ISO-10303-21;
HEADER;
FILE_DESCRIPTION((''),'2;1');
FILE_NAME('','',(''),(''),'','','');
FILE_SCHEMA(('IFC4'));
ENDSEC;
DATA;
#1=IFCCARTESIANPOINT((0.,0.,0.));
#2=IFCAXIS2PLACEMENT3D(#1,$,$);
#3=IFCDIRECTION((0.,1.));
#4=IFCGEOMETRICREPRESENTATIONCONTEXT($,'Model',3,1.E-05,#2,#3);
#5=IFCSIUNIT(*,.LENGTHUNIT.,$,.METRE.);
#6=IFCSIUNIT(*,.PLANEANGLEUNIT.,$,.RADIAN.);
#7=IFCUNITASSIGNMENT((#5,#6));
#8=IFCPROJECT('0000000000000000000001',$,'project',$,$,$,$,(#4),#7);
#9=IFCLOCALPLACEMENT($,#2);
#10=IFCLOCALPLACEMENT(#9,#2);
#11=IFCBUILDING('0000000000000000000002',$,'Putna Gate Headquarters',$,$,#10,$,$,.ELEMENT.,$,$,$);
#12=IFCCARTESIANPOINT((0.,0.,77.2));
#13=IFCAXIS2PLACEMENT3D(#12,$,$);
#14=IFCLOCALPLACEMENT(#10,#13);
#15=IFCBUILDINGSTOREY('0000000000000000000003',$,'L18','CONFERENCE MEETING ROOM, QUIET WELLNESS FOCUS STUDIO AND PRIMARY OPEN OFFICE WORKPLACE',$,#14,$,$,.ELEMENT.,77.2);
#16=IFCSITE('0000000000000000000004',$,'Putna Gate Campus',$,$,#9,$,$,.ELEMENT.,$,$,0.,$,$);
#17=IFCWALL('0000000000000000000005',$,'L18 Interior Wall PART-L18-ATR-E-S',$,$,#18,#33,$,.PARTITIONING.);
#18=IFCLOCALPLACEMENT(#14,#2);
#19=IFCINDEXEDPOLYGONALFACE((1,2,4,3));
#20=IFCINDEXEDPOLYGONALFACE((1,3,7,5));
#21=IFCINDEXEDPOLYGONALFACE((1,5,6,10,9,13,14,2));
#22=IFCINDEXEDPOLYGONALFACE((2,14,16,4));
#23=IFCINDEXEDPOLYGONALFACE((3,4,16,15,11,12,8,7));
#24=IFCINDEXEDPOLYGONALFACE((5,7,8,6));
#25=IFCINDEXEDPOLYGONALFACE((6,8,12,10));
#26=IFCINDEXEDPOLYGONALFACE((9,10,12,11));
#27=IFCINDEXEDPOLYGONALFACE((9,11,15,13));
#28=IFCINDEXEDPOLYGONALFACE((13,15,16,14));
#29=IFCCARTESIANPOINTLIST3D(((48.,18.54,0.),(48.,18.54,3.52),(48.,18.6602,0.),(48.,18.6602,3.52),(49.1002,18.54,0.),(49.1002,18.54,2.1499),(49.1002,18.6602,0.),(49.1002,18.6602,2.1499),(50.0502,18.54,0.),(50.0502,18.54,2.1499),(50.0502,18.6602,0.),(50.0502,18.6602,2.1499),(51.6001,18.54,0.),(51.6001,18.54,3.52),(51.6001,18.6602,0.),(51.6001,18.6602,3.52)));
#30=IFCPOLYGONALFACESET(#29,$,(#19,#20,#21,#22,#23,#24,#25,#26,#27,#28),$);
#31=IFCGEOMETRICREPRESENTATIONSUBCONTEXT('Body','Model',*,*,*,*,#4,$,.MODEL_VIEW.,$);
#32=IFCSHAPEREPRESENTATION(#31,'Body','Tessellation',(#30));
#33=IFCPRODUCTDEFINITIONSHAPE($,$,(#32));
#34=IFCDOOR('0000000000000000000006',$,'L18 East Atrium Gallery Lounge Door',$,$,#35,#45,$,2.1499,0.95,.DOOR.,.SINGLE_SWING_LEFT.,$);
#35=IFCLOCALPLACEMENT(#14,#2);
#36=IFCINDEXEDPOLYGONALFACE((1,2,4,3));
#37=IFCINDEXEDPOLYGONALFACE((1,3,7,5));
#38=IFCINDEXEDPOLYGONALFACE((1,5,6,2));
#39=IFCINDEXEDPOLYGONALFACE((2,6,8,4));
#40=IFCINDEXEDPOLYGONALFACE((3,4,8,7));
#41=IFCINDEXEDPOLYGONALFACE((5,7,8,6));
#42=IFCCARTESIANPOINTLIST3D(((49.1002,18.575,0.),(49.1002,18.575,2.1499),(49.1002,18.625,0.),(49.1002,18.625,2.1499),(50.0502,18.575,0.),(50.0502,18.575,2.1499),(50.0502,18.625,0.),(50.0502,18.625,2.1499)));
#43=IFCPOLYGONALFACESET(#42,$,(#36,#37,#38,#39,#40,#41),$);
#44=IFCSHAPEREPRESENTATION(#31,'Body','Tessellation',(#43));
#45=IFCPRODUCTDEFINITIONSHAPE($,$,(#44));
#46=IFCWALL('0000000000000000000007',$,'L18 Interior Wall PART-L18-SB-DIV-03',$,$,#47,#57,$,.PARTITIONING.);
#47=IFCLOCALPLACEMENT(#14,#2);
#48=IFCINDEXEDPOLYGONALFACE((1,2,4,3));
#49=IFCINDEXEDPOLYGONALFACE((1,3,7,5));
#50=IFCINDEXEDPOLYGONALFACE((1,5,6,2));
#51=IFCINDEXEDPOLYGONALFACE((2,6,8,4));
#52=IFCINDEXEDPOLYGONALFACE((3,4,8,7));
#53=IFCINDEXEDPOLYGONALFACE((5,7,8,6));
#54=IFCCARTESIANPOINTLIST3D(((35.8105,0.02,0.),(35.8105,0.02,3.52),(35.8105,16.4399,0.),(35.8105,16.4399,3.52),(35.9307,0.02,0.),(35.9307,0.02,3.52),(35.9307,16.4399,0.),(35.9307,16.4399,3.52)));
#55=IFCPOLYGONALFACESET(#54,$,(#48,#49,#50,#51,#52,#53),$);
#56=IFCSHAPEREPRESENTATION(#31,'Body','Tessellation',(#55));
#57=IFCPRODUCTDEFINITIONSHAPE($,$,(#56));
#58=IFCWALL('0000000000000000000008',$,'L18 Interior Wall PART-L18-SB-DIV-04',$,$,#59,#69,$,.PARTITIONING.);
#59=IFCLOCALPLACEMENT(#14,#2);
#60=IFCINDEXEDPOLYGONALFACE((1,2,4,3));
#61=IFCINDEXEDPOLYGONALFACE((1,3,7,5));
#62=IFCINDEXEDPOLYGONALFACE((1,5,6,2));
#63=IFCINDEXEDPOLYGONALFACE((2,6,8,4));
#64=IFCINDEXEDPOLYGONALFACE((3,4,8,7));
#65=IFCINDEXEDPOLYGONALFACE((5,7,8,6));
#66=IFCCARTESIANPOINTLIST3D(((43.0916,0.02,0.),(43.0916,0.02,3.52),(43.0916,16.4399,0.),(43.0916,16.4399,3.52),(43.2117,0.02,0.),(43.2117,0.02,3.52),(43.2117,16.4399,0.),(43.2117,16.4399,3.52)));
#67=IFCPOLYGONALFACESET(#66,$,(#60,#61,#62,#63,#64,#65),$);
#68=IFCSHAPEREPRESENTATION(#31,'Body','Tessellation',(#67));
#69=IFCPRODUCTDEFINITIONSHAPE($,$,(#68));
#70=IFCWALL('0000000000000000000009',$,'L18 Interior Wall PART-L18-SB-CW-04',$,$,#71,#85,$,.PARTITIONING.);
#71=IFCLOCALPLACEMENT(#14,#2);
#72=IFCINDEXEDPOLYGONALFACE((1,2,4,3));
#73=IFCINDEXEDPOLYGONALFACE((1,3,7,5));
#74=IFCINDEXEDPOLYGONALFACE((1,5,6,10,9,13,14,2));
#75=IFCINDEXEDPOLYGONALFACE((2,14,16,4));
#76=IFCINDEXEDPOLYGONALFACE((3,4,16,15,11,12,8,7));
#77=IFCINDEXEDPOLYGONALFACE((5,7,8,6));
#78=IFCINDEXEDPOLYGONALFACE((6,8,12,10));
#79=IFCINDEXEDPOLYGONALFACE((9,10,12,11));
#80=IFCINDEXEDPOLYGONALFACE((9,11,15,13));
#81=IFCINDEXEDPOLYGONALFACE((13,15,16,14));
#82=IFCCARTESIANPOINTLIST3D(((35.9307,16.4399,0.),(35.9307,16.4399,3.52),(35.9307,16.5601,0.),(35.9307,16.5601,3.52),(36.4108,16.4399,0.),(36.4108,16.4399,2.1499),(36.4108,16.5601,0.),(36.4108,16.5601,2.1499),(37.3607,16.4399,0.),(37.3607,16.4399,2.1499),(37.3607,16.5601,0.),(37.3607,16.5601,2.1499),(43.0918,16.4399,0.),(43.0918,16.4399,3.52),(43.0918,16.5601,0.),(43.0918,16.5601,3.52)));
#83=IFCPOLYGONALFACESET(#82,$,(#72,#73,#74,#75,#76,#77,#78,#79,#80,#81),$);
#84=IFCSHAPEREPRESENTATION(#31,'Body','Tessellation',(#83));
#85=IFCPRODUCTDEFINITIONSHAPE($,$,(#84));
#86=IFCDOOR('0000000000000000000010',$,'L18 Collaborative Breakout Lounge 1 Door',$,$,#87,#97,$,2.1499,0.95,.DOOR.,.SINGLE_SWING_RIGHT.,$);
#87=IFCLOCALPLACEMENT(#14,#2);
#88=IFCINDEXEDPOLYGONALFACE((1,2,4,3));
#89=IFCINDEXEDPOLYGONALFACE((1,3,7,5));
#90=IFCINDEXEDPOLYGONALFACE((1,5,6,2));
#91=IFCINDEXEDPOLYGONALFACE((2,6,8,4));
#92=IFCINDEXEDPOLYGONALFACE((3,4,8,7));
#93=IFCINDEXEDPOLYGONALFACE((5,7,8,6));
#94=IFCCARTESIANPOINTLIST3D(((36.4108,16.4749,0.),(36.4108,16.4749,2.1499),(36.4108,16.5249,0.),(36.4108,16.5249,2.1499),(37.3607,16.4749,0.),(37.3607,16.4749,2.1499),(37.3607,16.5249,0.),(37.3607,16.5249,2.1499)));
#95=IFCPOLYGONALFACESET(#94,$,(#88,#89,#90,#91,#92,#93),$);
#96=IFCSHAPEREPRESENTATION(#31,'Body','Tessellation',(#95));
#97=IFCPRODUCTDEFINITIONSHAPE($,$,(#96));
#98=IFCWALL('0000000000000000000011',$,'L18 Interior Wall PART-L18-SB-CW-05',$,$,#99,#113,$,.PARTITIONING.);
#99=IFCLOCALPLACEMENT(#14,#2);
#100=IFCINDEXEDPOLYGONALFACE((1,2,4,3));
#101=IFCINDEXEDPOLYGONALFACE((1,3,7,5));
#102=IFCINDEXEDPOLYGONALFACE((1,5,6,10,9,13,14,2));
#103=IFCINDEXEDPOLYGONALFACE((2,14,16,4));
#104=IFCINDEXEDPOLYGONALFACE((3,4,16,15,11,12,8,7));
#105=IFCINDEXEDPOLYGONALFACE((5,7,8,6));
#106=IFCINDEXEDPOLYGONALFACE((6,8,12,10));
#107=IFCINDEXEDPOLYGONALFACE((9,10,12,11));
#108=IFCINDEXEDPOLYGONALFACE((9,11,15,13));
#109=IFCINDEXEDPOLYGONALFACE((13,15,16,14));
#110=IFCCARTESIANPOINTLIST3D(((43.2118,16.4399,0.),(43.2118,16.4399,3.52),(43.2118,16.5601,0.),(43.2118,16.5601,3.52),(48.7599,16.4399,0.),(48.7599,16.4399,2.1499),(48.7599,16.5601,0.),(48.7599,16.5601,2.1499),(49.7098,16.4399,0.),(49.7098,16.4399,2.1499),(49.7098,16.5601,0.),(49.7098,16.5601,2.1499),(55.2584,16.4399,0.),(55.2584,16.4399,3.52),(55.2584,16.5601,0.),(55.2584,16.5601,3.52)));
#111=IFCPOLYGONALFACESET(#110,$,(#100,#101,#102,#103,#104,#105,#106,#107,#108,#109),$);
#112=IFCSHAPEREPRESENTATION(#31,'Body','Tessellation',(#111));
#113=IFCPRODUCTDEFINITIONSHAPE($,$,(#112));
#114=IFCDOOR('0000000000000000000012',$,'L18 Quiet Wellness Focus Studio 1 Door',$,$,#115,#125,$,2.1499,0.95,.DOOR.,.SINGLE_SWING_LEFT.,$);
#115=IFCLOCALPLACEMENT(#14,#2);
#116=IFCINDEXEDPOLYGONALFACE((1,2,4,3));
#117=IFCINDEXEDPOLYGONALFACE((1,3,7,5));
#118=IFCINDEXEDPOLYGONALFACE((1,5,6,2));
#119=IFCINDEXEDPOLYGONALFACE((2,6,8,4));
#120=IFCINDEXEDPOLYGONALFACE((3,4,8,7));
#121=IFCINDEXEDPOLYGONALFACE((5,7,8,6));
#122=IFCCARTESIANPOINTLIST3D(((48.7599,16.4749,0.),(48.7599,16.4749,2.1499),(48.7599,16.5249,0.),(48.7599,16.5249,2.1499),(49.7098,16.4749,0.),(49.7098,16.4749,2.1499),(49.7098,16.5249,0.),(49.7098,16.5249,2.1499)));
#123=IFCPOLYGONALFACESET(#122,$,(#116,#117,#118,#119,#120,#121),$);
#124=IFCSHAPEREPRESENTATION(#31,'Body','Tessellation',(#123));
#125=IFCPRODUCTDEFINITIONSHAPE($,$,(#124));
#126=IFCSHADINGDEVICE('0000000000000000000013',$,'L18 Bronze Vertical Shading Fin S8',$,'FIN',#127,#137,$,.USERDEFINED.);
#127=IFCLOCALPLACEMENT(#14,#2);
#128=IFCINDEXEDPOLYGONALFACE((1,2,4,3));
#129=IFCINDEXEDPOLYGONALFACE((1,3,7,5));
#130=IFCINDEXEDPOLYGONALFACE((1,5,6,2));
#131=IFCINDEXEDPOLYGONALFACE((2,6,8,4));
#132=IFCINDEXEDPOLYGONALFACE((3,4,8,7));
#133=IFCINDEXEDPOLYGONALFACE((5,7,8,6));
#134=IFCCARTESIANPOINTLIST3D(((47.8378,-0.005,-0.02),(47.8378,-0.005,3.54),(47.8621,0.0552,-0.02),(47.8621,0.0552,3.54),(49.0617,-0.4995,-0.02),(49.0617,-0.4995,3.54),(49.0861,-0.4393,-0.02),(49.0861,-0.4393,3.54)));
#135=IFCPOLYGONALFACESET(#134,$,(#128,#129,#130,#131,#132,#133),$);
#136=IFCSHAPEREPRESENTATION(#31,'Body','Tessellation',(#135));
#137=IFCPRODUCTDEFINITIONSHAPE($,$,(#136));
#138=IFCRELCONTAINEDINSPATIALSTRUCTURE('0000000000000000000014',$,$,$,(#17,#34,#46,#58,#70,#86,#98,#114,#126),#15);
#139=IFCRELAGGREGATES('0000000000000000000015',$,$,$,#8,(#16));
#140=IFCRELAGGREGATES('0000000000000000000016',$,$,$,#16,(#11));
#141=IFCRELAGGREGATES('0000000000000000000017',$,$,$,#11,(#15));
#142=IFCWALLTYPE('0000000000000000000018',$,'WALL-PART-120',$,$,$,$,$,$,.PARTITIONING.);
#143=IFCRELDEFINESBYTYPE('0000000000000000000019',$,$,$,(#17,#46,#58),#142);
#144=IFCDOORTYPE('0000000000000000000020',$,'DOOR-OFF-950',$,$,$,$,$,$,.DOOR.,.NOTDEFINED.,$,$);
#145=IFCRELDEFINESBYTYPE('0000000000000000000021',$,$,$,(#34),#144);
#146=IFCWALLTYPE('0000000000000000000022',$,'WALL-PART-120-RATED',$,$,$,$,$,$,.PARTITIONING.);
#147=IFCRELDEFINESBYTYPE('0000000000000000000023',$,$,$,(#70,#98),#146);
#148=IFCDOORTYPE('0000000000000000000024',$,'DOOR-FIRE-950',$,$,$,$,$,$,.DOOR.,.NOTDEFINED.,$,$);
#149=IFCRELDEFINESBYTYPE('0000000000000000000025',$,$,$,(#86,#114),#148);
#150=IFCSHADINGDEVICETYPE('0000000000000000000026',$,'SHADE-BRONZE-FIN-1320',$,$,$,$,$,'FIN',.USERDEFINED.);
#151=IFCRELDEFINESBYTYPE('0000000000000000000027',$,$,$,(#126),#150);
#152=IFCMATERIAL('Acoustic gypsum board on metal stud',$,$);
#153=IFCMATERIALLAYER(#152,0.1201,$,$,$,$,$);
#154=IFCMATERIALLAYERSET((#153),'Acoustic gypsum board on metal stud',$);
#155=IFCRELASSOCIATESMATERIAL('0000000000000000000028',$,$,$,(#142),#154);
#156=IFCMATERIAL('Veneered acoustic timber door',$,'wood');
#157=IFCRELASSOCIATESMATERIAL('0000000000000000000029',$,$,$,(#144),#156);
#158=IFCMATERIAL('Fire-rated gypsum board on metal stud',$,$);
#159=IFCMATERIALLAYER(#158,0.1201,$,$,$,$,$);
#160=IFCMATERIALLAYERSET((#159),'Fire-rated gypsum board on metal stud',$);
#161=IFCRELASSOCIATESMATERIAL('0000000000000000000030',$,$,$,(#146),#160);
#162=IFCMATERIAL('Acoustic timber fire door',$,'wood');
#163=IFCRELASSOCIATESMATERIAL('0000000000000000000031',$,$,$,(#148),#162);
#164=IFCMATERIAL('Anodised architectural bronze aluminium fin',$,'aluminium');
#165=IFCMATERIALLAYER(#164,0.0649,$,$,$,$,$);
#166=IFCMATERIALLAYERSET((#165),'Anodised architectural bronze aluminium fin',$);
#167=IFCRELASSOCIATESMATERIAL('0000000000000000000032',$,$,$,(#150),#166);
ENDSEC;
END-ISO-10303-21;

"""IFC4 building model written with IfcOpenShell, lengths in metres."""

from ifc_helpers import new_model, si_unit, direction, frame, frame_2d, origin, origin_2d, place, context, subcontext, project, spatial, rectangle, extrude, material, layer, layer_set, type_object, element, fill, save


model = new_model("IFC4")

# Units and contexts
model_context = context("Model", 3, precision=1e-05, world=origin(), true_north=direction((0.0, 1.0)))
body_context = subcontext(model_context, "Body", "Model", "MODEL_VIEW")
ifc_project = project(units=[si_unit("LENGTHUNIT", "METRE"), si_unit("PLANEANGLEUNIT", "RADIAN")], contexts=[model_context])

# Site, building, storey
site_placement = place(None, origin())
site = spatial("IfcSite", under=ifc_project, at=site_placement, Name="Putna Gate Campus", CompositionType="ELEMENT", RefElevation=0.0)
building_placement = place(site_placement, origin())
building = spatial("IfcBuilding", under=site, at=building_placement, Name="Putna Gate Headquarters", CompositionType="ELEMENT")
storey_placement = place(building_placement, frame((0.0, 0.0, 77.2)))
storey = spatial("IfcBuildingStorey", under=building, at=storey_placement, Name="L18", Description="CONFERENCE MEETING ROOM, QUIET WELLNESS FOCUS STUDIO AND PRIMARY OPEN OFFICE WORKPLACE", CompositionType="ELEMENT", Elevation=77.2)

# Wall, opening, door
ifc_material_1 = material(Name="Acoustic gypsum board on metal stud")
ifc_layer_1 = layer(ifc_material_1, 0.1201)
ifc_layer_set_1 = layer_set([ifc_layer_1], Name="Acoustic gypsum board on metal stud")
wall_type_1 = type_object("IfcWallType", Name="WALL-PART-120", PredefinedType="PARTITIONING", material=ifc_layer_set_1)
wall_1_placement = place(storey_placement, frame((48.0, 18.6001, 0.0), z_axis=(0.0, 0.0, 1.0), x_axis=(1.0, 0.0, 0.0)))
wall_1 = element("IfcWall", 1, at=wall_1_placement, inside=storey, type_object=wall_type_1, Name="L18 Interior Wall PART-L18-ATR-E-S", PredefinedType="PARTITIONING", context=body_context, shape_type="SweptSolid", body=[
    extrude(rectangle(XDim=3.6001, YDim=0.1201, at=frame_2d((1.8, 0.0))), origin(), (0.0, 0.0, 1.0), 3.52),
])
opening_1_placement = place(wall_1_placement, frame((1.1001, 0.0, 0.0)))
opening_1 = element("IfcOpeningElement", 2, at=opening_1_placement, cuts=wall_1, PredefinedType="OPENING", context=body_context, shape_type="SweptSolid", body=[
    extrude(rectangle(XDim=0.95, YDim=2.1499, at=frame_2d((0.4751, 1.075))), frame((0.0, 0.0701, 0.0), z_axis=(0.0, -1.0, 0.0), x_axis=(1.0, 0.0, 0.0)), (0.0, 0.0, 1.0), 0.1401),
])
ifc_material_2 = material(Name="Veneered acoustic timber door", Category="wood")
door_type_1 = type_object("IfcDoorType", Name="DOOR-OFF-950", OperationType="NOTDEFINED", PredefinedType="DOOR", material=ifc_material_2)
door_1_placement = place(opening_1_placement, origin())
door_1 = element("IfcDoor", 3, at=door_1_placement, inside=storey, type_object=door_type_1, Name="L18 East Atrium Gallery Lounge Door", OperationType="SINGLE_SWING_LEFT", OverallHeight=2.1499, OverallWidth=0.95, PredefinedType="DOOR", context=body_context, shape_type="SweptSolid", body=[
    extrude(rectangle(XDim=0.95, YDim=2.1499, at=frame_2d((0.4751, 1.075))), frame((0.0, 0.0249, 0.0), z_axis=(0.0, -1.0, 0.0), x_axis=(1.0, 0.0, 0.0)), (0.0, 0.0, 1.0), 0.05),
])
fill(opening_1, door_1)

# Walls
for number, where, z_axis, x_axis, name in (
    (4, (35.8706, 0.02, 0.0), (0.0, 0.0, 1.0), (0.0, 1.0, 0.0), "L18 Interior Wall PART-L18-SB-DIV-03"),
    (5, (43.1516, 0.02, 0.0), (0.0, 0.0, 1.0), (0.0, 1.0, 0.0), "L18 Interior Wall PART-L18-SB-DIV-04"),
):
    element("IfcWall", number, at=place(storey_placement, frame(where, z_axis=z_axis, x_axis=x_axis)), inside=storey, type_object=wall_type_1, Name=name, PredefinedType="PARTITIONING", context=body_context, shape_type="SweptSolid", body=[
        extrude(rectangle(XDim=16.4199, YDim=0.1201, at=frame_2d((8.21, 0.0))), origin(), (0.0, 0.0, 1.0), 3.52),
    ])

# Walls, openings, doors
ifc_material_3 = material(Name="Fire-rated gypsum board on metal stud")
ifc_layer_2 = layer(ifc_material_3, 0.1201)
ifc_layer_set_2 = layer_set([ifc_layer_2], Name="Fire-rated gypsum board on metal stud")
wall_type_2 = type_object("IfcWallType", Name="WALL-PART-120-RATED", PredefinedType="PARTITIONING", material=ifc_layer_set_2)
wall_2_placement = place(storey_placement, frame((35.9307, 16.5, 0.0), z_axis=(0.0, 0.0, 1.0), x_axis=(1.0, 0.0, 0.0)))
wall_2 = element("IfcWall", 6, at=wall_2_placement, inside=storey, type_object=wall_type_2, Name="L18 Interior Wall PART-L18-SB-CW-04", PredefinedType="PARTITIONING", context=body_context, shape_type="SweptSolid", body=[
    extrude(rectangle(XDim=7.1611, YDim=0.1201, at=frame_2d((3.5806, 0.0))), origin(), (0.0, 0.0, 1.0), 3.52),
])
opening_2_placement = place(wall_2_placement, frame((0.48, 0.0, 0.0)))
opening_2 = element("IfcOpeningElement", 7, at=opening_2_placement, cuts=wall_2, PredefinedType="OPENING", context=body_context, shape_type="SweptSolid", body=[
    extrude(rectangle(XDim=0.95, YDim=2.1499, at=frame_2d((0.4751, 1.075))), frame((0.0, 0.0701, 0.0), z_axis=(0.0, -1.0, 0.0), x_axis=(1.0, 0.0, 0.0)), (0.0, 0.0, 1.0), 0.1401),
])
ifc_material_4 = material(Name="Acoustic timber fire door", Category="wood")
door_type_2 = type_object("IfcDoorType", Name="DOOR-FIRE-950", OperationType="NOTDEFINED", PredefinedType="DOOR", material=ifc_material_4)
door_2_placement = place(opening_2_placement, origin())
door_2 = element("IfcDoor", 8, at=door_2_placement, inside=storey, type_object=door_type_2, Name="L18 Collaborative Breakout Lounge 1 Door", OperationType="SINGLE_SWING_RIGHT", OverallHeight=2.1499, OverallWidth=0.95, PredefinedType="DOOR", context=body_context, shape_type="SweptSolid", body=[
    extrude(rectangle(XDim=0.95, YDim=2.1499, at=frame_2d((0.4751, 1.075))), frame((0.0, 0.0249, 0.0), z_axis=(0.0, -1.0, 0.0), x_axis=(1.0, 0.0, 0.0)), (0.0, 0.0, 1.0), 0.05),
])
fill(opening_2, door_2)
wall_3_placement = place(storey_placement, frame((43.2117, 16.5, 0.0), z_axis=(0.0, 0.0, 1.0), x_axis=(1.0, 0.0, 0.0)))
wall_3 = element("IfcWall", 9, at=wall_3_placement, inside=storey, type_object=wall_type_2, Name="L18 Interior Wall PART-L18-SB-CW-05", PredefinedType="PARTITIONING", context=body_context, shape_type="SweptSolid", body=[
    extrude(rectangle(XDim=12.0466, YDim=0.1201, at=frame_2d((6.0234, 0.0))), origin(), (0.0, 0.0, 1.0), 3.52),
])
opening_3_placement = place(wall_3_placement, frame((5.5481, 0.0, 0.0)))
opening_3 = element("IfcOpeningElement", 10, at=opening_3_placement, cuts=wall_3, PredefinedType="OPENING", context=body_context, shape_type="SweptSolid", body=[
    extrude(rectangle(XDim=0.95, YDim=2.1499, at=frame_2d((0.4751, 1.075))), frame((0.0, 0.0701, 0.0), z_axis=(0.0, -1.0, 0.0), x_axis=(1.0, 0.0, 0.0)), (0.0, 0.0, 1.0), 0.1401),
])
door_3_placement = place(opening_3_placement, origin())
door_3 = element("IfcDoor", 11, at=door_3_placement, inside=storey, type_object=door_type_2, Name="L18 Quiet Wellness Focus Studio 1 Door", OperationType="SINGLE_SWING_LEFT", OverallHeight=2.1499, OverallWidth=0.95, PredefinedType="DOOR", context=body_context, shape_type="SweptSolid", body=[
    extrude(rectangle(XDim=0.95, YDim=2.1499, at=frame_2d((0.4751, 1.075))), frame((0.0, 0.0249, 0.0), z_axis=(0.0, -1.0, 0.0), x_axis=(1.0, 0.0, 0.0)), (0.0, 0.0, 1.0), 0.05),
])
fill(opening_3, door_3)

# Shading device
ifc_material_5 = material(Name="Anodised architectural bronze aluminium fin", Category="aluminium")
ifc_layer_3 = layer(ifc_material_5, 0.0649)
ifc_layer_set_3 = layer_set([ifc_layer_3], Name="Anodised architectural bronze aluminium fin")
shading_device_type = type_object("IfcShadingDeviceType", Name="SHADE-BRONZE-FIN-1320", ElementType="FIN", PredefinedType="USERDEFINED", material=ifc_layer_set_3)
shading_device_placement = place(storey_placement, frame((48.4619, -0.2222, -0.02), z_axis=(0.0, 0.0, 1.0), x_axis=(0.927184, -0.374607, 0.0)))
element("IfcShadingDevice", 12, at=shading_device_placement, inside=storey, type_object=shading_device_type, Name="L18 Bronze Vertical Shading Fin S8", ObjectType="FIN", PredefinedType="USERDEFINED", context=body_context, shape_type="SweptSolid", body=[
    extrude(rectangle(XDim=1.3201, YDim=0.0649, at=origin_2d()), origin(), (0.0, 0.0, 1.0), 3.5601),
])

save(model, "model.ifc")
